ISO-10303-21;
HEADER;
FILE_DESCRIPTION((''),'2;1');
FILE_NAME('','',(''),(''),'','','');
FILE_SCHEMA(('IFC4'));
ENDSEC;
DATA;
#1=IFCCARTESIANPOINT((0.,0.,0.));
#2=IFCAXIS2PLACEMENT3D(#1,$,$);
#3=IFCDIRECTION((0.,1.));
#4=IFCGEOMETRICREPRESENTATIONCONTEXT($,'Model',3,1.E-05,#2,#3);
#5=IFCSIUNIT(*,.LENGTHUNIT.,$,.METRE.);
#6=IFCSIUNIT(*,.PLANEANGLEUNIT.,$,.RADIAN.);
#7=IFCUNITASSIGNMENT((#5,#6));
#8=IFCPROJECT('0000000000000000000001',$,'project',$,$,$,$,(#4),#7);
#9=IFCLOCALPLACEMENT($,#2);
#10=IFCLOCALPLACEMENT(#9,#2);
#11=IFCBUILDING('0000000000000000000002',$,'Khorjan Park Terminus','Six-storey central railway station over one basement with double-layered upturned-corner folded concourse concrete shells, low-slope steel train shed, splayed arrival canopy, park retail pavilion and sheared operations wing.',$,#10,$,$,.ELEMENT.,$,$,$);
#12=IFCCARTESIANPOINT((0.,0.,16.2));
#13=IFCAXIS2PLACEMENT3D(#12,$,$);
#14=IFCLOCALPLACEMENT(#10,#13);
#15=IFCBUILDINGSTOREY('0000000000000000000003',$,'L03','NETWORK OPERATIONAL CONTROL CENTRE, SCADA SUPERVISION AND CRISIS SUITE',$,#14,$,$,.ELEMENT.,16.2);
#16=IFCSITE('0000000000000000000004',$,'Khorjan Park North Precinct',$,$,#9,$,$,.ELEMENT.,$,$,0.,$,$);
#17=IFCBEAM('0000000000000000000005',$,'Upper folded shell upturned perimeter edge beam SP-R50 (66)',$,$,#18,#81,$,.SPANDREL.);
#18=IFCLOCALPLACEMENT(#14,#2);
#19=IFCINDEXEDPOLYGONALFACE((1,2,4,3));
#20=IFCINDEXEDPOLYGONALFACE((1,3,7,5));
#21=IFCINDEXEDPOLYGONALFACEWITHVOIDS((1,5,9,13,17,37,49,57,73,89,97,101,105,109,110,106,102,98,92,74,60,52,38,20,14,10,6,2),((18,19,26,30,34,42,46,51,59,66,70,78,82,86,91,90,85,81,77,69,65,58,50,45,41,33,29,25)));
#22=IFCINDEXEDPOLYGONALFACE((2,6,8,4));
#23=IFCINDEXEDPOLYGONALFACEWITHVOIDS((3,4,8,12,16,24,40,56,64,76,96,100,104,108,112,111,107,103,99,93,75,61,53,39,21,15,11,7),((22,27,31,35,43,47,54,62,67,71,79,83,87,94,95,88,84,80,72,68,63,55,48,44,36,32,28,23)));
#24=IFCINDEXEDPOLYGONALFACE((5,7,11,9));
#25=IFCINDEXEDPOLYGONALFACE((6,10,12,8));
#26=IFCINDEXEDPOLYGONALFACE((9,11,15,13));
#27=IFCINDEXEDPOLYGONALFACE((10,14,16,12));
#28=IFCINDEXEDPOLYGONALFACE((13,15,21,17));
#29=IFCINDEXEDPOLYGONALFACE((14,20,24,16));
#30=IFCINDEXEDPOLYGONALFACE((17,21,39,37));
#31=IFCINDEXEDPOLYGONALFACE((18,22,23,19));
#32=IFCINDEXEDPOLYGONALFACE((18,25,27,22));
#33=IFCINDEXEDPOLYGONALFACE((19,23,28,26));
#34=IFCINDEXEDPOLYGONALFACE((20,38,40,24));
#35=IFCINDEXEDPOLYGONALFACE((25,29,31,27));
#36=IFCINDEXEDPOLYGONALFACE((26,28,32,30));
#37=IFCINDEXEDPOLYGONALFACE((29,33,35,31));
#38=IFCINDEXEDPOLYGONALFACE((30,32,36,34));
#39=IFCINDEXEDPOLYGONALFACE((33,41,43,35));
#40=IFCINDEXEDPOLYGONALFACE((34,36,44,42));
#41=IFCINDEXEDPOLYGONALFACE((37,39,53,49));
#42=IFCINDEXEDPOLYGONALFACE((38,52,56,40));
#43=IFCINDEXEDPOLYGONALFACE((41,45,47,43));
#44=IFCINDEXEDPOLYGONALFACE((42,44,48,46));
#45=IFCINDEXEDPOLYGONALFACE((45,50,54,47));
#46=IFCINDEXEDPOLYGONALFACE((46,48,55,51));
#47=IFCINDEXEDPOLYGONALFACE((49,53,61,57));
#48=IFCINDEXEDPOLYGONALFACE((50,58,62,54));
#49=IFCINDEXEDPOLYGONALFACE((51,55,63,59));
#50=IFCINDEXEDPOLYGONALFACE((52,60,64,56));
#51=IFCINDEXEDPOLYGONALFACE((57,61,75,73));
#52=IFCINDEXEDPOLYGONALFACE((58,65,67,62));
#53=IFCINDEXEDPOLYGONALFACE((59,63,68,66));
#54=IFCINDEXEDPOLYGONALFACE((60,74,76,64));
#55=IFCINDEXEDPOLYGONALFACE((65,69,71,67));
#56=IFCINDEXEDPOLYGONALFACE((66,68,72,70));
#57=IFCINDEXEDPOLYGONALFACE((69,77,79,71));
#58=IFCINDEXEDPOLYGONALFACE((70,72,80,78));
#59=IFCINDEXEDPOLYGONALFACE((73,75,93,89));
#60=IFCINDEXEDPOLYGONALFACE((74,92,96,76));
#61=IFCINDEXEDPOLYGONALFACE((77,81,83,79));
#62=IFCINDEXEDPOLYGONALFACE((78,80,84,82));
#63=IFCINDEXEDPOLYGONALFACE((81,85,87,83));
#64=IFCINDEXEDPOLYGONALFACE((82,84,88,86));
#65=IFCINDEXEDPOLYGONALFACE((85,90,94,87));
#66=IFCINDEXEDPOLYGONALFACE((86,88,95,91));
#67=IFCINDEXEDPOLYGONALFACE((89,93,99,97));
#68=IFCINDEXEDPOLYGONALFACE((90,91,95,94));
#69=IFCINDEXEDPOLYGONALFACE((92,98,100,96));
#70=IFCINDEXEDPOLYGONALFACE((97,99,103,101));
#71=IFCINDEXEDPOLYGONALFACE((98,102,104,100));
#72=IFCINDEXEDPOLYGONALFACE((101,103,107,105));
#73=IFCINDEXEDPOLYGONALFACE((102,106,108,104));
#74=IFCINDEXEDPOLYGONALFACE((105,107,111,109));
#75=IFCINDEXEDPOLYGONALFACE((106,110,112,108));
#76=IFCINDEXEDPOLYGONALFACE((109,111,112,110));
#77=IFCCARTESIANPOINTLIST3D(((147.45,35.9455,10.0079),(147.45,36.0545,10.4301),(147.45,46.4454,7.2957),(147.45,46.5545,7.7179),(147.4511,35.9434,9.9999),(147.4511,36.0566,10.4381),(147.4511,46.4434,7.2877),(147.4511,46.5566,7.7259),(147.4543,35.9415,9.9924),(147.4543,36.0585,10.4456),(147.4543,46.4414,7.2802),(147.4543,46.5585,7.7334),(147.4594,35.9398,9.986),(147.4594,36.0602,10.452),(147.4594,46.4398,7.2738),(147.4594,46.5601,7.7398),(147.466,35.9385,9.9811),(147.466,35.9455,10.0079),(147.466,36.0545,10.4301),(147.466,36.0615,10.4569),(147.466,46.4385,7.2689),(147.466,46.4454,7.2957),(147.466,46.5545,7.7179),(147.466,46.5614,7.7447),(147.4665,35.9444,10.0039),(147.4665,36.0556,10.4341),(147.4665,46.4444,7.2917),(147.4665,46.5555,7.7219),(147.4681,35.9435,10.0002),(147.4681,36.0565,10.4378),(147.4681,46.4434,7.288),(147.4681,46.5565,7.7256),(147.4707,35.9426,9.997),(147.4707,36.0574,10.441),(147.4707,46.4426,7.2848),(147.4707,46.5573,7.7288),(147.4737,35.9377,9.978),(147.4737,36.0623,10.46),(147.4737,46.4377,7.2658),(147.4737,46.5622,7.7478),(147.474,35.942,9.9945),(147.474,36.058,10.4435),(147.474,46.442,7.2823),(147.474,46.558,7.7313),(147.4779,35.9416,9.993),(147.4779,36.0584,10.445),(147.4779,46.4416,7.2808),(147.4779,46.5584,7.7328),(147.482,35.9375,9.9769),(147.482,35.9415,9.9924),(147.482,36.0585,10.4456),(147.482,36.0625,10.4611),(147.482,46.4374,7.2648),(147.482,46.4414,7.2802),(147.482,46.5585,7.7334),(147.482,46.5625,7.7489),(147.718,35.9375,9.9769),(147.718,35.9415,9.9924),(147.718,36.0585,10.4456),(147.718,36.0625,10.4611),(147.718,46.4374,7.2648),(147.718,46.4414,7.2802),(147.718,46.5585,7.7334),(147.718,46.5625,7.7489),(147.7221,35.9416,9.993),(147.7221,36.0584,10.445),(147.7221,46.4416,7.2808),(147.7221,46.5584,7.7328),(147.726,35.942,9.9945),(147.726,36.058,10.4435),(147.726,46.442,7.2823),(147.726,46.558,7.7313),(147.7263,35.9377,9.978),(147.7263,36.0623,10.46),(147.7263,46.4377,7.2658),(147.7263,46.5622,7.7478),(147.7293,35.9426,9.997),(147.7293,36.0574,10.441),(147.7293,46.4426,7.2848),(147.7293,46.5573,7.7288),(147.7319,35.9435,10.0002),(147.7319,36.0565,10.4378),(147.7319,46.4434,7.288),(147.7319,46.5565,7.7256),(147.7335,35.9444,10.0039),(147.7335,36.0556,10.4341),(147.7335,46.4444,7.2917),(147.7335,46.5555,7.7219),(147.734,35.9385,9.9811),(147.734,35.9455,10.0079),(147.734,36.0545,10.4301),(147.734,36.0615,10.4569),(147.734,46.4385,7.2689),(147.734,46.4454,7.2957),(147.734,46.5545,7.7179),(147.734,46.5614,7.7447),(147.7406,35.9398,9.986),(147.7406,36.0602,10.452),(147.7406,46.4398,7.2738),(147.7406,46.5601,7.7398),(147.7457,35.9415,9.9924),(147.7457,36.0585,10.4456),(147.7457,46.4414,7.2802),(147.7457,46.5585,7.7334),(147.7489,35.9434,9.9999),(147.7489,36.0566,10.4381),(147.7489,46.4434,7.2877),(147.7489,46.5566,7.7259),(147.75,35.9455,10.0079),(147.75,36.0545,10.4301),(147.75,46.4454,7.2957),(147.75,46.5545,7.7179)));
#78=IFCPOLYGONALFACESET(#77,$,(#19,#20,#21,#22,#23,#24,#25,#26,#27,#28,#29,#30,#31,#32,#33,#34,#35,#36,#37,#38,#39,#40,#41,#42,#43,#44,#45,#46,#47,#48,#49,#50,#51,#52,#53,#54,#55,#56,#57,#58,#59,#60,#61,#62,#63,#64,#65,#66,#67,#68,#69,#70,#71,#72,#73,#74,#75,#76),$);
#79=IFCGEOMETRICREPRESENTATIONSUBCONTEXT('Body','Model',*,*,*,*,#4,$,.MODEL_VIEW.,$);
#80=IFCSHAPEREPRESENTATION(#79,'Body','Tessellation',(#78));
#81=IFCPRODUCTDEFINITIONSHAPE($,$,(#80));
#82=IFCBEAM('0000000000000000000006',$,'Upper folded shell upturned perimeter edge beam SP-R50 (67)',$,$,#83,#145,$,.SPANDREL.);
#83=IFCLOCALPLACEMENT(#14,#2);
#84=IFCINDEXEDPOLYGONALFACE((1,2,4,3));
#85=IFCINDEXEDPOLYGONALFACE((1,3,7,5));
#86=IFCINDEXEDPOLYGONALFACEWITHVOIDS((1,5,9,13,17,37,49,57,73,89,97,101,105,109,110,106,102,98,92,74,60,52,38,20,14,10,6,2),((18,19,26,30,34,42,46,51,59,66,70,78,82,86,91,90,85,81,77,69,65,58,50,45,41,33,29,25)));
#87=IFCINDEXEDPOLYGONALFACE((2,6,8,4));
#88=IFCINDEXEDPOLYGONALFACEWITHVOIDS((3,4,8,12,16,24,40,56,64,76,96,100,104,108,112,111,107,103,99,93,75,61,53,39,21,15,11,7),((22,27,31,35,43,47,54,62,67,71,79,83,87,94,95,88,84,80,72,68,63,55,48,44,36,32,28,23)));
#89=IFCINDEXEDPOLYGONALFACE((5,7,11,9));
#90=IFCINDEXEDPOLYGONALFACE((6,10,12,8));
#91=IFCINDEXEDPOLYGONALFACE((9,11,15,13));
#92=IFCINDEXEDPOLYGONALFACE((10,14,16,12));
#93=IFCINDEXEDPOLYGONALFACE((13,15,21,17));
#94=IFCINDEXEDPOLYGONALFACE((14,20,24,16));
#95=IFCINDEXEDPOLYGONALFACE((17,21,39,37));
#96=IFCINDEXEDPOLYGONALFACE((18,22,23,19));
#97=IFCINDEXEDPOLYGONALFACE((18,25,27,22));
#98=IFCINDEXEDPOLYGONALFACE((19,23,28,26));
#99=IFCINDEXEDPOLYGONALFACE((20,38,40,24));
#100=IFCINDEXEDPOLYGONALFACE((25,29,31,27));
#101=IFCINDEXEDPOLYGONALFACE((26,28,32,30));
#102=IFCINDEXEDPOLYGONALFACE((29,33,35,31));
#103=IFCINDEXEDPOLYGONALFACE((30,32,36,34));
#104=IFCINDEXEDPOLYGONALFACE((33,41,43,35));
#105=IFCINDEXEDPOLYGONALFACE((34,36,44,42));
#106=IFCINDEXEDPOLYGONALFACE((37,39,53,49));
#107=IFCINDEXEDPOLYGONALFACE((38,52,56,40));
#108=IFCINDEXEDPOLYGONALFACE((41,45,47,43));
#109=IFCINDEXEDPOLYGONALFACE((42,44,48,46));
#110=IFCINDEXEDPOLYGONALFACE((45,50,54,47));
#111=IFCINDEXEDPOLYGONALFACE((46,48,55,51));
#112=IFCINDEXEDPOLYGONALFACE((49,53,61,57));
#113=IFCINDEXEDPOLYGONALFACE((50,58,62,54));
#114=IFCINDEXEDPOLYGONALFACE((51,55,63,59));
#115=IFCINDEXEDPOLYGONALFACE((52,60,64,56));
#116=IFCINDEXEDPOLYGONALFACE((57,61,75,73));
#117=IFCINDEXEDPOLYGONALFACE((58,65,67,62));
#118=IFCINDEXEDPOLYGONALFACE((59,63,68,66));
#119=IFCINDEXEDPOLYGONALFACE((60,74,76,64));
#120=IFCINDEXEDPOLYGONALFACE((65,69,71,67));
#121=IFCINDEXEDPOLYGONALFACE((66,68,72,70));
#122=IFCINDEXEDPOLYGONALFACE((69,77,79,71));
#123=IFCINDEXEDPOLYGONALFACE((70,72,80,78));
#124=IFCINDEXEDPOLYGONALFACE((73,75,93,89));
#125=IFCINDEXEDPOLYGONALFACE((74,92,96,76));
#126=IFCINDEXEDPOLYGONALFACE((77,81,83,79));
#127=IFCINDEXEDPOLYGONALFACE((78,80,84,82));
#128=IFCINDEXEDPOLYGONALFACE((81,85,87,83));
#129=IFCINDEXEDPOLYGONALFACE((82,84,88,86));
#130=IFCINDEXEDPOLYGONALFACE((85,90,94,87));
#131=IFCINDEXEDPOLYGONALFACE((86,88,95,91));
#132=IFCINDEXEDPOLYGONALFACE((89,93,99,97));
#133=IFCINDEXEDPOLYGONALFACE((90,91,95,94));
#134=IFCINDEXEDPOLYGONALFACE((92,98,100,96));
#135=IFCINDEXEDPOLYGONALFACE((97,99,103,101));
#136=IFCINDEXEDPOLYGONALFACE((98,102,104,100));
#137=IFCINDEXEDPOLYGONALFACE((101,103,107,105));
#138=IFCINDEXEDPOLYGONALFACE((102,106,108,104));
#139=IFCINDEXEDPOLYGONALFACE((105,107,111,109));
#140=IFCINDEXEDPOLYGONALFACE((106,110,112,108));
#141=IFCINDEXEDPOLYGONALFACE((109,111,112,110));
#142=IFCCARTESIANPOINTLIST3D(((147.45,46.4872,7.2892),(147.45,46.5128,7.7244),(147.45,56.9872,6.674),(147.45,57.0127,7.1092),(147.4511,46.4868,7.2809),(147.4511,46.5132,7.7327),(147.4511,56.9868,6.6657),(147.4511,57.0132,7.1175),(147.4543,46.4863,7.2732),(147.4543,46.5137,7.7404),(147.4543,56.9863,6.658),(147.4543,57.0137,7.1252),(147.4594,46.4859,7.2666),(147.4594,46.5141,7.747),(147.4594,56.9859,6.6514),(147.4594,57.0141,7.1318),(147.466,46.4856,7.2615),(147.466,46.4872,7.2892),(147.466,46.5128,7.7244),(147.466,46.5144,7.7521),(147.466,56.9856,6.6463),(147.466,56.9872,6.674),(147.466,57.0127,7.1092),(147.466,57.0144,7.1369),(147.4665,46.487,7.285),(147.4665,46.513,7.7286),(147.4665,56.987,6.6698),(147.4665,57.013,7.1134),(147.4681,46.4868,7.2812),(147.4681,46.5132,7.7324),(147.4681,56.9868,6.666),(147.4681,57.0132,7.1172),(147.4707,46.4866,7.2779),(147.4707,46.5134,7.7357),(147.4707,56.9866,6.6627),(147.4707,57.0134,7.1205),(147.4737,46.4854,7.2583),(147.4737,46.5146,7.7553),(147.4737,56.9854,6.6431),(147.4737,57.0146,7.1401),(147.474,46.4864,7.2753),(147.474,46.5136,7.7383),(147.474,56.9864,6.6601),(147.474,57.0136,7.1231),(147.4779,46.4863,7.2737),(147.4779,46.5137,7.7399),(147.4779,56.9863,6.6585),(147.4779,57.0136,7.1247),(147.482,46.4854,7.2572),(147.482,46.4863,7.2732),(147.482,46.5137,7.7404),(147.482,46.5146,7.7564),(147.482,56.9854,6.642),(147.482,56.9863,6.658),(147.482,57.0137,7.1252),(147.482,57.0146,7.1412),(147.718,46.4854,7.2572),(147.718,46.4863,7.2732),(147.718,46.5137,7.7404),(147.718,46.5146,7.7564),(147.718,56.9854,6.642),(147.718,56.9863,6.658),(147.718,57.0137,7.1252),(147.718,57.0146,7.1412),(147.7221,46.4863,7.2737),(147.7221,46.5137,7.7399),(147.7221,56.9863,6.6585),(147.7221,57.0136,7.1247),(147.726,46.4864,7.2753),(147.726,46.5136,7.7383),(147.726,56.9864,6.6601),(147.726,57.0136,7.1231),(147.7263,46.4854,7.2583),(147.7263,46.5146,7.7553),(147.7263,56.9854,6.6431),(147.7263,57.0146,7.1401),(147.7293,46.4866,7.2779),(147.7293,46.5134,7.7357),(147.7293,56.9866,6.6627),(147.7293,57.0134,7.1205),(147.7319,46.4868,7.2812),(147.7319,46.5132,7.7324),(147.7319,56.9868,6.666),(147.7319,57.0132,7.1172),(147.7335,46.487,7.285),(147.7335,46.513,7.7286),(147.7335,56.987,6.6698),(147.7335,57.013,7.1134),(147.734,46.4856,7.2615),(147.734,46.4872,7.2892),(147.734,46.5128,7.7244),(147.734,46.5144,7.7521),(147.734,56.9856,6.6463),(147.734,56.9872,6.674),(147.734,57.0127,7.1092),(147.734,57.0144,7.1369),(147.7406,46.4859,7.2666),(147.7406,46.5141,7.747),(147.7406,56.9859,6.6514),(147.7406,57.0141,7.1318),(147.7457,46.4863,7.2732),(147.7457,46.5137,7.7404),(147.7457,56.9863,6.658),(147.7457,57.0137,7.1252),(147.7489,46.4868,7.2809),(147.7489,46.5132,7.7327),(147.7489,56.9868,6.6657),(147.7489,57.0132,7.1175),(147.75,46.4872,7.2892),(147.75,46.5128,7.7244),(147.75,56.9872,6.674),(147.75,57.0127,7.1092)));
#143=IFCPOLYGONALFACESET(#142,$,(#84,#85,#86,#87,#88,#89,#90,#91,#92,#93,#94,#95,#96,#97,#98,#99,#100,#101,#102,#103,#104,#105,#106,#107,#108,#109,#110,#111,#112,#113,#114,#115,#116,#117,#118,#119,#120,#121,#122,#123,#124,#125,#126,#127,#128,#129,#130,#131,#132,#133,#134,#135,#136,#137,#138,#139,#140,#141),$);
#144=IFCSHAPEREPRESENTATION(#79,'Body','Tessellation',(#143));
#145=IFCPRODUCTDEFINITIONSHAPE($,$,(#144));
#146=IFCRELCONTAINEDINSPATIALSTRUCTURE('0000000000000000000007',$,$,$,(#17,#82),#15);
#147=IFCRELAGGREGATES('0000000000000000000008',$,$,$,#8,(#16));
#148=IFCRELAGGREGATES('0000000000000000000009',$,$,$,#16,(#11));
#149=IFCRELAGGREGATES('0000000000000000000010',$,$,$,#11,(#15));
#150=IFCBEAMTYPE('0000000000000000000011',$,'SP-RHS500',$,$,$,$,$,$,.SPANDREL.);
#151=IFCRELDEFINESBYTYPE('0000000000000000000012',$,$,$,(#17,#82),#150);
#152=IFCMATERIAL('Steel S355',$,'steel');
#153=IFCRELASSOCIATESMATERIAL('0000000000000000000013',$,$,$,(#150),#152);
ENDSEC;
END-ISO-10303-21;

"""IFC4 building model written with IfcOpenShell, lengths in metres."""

from ifc_helpers import new_model, si_unit, direction, frame, origin, origin_2d, place, context, subcontext, project, spatial, hollow_rectangle, extrude, material, material_profile, profile_set, type_object, element, save


model = new_model("IFC4")

# Units and contexts
model_context = context("Model", 3, precision=1e-05, world=origin(), true_north=direction((0.0, 1.0)))
body_context = subcontext(model_context, "Body", "Model", "MODEL_VIEW")
ifc_project = project(units=[si_unit("LENGTHUNIT", "METRE"), si_unit("PLANEANGLEUNIT", "RADIAN")], contexts=[model_context])

# Site, building, storey
site_placement = place(None, origin())
site = spatial("IfcSite", under=ifc_project, at=site_placement, Name="Khorjan Park North Precinct", CompositionType="ELEMENT", RefElevation=0.0)
building_placement = place(site_placement, origin())
building = spatial("IfcBuilding", under=site, at=building_placement, Name="Khorjan Park Terminus", Description="Six-storey central railway station over one basement with double-layered upturned-corner folded concourse concrete shells, low-slope steel train shed, splayed arrival canopy, park retail pavilion and sheared operations wing.", CompositionType="ELEMENT")
storey_placement = place(building_placement, frame((0.0, 0.0, 16.2)))
storey = spatial("IfcBuildingStorey", under=building, at=storey_placement, Name="L03", Description="NETWORK OPERATIONAL CONTROL CENTRE, SCADA SUPERVISION AND CRISIS SUITE", CompositionType="ELEMENT", Elevation=16.2)

# Shared definitions
ifc_material_1 = material(Name="Steel S355", Category="steel")

# Beams
ifc_material_profile_1 = material_profile(ifc_material_1, hollow_rectangle(XDim=0.3, YDim=0.5, WallThickness=0.016, InnerFilletRadius=0.016, OuterFilletRadius=0.032, at=origin_2d()), Name="RHS 500x300x16")
ifc_profile_set_1 = profile_set([ifc_material_profile_1], Name="Steel S355")
beam_type_1 = type_object("IfcBeamType", Name="SP-RHS500", PredefinedType="SPANDREL", material=ifc_profile_set_1)
beam_1_placement = place(storey_placement, frame((147.6, 36.0, 10.219), z_axis=(0.0, 0.968221, -0.250096), x_axis=(-1.0, 0.0, 0.0)))
element("IfcBeam", 1, at=beam_1_placement, inside=storey, type_object=beam_type_1, Name="Upper folded shell upturned perimeter edge beam SP-R50 (66)", PredefinedType="SPANDREL", context=body_context, shape_type="SweptSolid", body=[
    extrude(hollow_rectangle(XDim=0.3, YDim=0.5, WallThickness=0.016, InnerFilletRadius=0.016, OuterFilletRadius=0.032, at=origin_2d()), origin(), (0.0, 0.0, 1.0), 10.8446),
])
for number, where, z_axis, x_axis, name in (
    (2, (147.6, 46.5, 7.5068), (0.0, 0.998288, -0.05849), (-1.0, 0.0, 0.0), "Upper folded shell upturned perimeter edge beam SP-R50 (67)"),
):
    element("IfcBeam", number, at=place(storey_placement, frame(where, z_axis=z_axis, x_axis=x_axis)), inside=storey, type_object=beam_type_1, Name=name, PredefinedType="SPANDREL", context=body_context, shape_type="SweptSolid", body=[
        extrude(hollow_rectangle(XDim=0.3, YDim=0.5, WallThickness=0.016, InnerFilletRadius=0.016, OuterFilletRadius=0.032, at=origin_2d()), origin(), (0.0, 0.0, 1.0), 10.518),
    ])

save(model, "model.ifc")
